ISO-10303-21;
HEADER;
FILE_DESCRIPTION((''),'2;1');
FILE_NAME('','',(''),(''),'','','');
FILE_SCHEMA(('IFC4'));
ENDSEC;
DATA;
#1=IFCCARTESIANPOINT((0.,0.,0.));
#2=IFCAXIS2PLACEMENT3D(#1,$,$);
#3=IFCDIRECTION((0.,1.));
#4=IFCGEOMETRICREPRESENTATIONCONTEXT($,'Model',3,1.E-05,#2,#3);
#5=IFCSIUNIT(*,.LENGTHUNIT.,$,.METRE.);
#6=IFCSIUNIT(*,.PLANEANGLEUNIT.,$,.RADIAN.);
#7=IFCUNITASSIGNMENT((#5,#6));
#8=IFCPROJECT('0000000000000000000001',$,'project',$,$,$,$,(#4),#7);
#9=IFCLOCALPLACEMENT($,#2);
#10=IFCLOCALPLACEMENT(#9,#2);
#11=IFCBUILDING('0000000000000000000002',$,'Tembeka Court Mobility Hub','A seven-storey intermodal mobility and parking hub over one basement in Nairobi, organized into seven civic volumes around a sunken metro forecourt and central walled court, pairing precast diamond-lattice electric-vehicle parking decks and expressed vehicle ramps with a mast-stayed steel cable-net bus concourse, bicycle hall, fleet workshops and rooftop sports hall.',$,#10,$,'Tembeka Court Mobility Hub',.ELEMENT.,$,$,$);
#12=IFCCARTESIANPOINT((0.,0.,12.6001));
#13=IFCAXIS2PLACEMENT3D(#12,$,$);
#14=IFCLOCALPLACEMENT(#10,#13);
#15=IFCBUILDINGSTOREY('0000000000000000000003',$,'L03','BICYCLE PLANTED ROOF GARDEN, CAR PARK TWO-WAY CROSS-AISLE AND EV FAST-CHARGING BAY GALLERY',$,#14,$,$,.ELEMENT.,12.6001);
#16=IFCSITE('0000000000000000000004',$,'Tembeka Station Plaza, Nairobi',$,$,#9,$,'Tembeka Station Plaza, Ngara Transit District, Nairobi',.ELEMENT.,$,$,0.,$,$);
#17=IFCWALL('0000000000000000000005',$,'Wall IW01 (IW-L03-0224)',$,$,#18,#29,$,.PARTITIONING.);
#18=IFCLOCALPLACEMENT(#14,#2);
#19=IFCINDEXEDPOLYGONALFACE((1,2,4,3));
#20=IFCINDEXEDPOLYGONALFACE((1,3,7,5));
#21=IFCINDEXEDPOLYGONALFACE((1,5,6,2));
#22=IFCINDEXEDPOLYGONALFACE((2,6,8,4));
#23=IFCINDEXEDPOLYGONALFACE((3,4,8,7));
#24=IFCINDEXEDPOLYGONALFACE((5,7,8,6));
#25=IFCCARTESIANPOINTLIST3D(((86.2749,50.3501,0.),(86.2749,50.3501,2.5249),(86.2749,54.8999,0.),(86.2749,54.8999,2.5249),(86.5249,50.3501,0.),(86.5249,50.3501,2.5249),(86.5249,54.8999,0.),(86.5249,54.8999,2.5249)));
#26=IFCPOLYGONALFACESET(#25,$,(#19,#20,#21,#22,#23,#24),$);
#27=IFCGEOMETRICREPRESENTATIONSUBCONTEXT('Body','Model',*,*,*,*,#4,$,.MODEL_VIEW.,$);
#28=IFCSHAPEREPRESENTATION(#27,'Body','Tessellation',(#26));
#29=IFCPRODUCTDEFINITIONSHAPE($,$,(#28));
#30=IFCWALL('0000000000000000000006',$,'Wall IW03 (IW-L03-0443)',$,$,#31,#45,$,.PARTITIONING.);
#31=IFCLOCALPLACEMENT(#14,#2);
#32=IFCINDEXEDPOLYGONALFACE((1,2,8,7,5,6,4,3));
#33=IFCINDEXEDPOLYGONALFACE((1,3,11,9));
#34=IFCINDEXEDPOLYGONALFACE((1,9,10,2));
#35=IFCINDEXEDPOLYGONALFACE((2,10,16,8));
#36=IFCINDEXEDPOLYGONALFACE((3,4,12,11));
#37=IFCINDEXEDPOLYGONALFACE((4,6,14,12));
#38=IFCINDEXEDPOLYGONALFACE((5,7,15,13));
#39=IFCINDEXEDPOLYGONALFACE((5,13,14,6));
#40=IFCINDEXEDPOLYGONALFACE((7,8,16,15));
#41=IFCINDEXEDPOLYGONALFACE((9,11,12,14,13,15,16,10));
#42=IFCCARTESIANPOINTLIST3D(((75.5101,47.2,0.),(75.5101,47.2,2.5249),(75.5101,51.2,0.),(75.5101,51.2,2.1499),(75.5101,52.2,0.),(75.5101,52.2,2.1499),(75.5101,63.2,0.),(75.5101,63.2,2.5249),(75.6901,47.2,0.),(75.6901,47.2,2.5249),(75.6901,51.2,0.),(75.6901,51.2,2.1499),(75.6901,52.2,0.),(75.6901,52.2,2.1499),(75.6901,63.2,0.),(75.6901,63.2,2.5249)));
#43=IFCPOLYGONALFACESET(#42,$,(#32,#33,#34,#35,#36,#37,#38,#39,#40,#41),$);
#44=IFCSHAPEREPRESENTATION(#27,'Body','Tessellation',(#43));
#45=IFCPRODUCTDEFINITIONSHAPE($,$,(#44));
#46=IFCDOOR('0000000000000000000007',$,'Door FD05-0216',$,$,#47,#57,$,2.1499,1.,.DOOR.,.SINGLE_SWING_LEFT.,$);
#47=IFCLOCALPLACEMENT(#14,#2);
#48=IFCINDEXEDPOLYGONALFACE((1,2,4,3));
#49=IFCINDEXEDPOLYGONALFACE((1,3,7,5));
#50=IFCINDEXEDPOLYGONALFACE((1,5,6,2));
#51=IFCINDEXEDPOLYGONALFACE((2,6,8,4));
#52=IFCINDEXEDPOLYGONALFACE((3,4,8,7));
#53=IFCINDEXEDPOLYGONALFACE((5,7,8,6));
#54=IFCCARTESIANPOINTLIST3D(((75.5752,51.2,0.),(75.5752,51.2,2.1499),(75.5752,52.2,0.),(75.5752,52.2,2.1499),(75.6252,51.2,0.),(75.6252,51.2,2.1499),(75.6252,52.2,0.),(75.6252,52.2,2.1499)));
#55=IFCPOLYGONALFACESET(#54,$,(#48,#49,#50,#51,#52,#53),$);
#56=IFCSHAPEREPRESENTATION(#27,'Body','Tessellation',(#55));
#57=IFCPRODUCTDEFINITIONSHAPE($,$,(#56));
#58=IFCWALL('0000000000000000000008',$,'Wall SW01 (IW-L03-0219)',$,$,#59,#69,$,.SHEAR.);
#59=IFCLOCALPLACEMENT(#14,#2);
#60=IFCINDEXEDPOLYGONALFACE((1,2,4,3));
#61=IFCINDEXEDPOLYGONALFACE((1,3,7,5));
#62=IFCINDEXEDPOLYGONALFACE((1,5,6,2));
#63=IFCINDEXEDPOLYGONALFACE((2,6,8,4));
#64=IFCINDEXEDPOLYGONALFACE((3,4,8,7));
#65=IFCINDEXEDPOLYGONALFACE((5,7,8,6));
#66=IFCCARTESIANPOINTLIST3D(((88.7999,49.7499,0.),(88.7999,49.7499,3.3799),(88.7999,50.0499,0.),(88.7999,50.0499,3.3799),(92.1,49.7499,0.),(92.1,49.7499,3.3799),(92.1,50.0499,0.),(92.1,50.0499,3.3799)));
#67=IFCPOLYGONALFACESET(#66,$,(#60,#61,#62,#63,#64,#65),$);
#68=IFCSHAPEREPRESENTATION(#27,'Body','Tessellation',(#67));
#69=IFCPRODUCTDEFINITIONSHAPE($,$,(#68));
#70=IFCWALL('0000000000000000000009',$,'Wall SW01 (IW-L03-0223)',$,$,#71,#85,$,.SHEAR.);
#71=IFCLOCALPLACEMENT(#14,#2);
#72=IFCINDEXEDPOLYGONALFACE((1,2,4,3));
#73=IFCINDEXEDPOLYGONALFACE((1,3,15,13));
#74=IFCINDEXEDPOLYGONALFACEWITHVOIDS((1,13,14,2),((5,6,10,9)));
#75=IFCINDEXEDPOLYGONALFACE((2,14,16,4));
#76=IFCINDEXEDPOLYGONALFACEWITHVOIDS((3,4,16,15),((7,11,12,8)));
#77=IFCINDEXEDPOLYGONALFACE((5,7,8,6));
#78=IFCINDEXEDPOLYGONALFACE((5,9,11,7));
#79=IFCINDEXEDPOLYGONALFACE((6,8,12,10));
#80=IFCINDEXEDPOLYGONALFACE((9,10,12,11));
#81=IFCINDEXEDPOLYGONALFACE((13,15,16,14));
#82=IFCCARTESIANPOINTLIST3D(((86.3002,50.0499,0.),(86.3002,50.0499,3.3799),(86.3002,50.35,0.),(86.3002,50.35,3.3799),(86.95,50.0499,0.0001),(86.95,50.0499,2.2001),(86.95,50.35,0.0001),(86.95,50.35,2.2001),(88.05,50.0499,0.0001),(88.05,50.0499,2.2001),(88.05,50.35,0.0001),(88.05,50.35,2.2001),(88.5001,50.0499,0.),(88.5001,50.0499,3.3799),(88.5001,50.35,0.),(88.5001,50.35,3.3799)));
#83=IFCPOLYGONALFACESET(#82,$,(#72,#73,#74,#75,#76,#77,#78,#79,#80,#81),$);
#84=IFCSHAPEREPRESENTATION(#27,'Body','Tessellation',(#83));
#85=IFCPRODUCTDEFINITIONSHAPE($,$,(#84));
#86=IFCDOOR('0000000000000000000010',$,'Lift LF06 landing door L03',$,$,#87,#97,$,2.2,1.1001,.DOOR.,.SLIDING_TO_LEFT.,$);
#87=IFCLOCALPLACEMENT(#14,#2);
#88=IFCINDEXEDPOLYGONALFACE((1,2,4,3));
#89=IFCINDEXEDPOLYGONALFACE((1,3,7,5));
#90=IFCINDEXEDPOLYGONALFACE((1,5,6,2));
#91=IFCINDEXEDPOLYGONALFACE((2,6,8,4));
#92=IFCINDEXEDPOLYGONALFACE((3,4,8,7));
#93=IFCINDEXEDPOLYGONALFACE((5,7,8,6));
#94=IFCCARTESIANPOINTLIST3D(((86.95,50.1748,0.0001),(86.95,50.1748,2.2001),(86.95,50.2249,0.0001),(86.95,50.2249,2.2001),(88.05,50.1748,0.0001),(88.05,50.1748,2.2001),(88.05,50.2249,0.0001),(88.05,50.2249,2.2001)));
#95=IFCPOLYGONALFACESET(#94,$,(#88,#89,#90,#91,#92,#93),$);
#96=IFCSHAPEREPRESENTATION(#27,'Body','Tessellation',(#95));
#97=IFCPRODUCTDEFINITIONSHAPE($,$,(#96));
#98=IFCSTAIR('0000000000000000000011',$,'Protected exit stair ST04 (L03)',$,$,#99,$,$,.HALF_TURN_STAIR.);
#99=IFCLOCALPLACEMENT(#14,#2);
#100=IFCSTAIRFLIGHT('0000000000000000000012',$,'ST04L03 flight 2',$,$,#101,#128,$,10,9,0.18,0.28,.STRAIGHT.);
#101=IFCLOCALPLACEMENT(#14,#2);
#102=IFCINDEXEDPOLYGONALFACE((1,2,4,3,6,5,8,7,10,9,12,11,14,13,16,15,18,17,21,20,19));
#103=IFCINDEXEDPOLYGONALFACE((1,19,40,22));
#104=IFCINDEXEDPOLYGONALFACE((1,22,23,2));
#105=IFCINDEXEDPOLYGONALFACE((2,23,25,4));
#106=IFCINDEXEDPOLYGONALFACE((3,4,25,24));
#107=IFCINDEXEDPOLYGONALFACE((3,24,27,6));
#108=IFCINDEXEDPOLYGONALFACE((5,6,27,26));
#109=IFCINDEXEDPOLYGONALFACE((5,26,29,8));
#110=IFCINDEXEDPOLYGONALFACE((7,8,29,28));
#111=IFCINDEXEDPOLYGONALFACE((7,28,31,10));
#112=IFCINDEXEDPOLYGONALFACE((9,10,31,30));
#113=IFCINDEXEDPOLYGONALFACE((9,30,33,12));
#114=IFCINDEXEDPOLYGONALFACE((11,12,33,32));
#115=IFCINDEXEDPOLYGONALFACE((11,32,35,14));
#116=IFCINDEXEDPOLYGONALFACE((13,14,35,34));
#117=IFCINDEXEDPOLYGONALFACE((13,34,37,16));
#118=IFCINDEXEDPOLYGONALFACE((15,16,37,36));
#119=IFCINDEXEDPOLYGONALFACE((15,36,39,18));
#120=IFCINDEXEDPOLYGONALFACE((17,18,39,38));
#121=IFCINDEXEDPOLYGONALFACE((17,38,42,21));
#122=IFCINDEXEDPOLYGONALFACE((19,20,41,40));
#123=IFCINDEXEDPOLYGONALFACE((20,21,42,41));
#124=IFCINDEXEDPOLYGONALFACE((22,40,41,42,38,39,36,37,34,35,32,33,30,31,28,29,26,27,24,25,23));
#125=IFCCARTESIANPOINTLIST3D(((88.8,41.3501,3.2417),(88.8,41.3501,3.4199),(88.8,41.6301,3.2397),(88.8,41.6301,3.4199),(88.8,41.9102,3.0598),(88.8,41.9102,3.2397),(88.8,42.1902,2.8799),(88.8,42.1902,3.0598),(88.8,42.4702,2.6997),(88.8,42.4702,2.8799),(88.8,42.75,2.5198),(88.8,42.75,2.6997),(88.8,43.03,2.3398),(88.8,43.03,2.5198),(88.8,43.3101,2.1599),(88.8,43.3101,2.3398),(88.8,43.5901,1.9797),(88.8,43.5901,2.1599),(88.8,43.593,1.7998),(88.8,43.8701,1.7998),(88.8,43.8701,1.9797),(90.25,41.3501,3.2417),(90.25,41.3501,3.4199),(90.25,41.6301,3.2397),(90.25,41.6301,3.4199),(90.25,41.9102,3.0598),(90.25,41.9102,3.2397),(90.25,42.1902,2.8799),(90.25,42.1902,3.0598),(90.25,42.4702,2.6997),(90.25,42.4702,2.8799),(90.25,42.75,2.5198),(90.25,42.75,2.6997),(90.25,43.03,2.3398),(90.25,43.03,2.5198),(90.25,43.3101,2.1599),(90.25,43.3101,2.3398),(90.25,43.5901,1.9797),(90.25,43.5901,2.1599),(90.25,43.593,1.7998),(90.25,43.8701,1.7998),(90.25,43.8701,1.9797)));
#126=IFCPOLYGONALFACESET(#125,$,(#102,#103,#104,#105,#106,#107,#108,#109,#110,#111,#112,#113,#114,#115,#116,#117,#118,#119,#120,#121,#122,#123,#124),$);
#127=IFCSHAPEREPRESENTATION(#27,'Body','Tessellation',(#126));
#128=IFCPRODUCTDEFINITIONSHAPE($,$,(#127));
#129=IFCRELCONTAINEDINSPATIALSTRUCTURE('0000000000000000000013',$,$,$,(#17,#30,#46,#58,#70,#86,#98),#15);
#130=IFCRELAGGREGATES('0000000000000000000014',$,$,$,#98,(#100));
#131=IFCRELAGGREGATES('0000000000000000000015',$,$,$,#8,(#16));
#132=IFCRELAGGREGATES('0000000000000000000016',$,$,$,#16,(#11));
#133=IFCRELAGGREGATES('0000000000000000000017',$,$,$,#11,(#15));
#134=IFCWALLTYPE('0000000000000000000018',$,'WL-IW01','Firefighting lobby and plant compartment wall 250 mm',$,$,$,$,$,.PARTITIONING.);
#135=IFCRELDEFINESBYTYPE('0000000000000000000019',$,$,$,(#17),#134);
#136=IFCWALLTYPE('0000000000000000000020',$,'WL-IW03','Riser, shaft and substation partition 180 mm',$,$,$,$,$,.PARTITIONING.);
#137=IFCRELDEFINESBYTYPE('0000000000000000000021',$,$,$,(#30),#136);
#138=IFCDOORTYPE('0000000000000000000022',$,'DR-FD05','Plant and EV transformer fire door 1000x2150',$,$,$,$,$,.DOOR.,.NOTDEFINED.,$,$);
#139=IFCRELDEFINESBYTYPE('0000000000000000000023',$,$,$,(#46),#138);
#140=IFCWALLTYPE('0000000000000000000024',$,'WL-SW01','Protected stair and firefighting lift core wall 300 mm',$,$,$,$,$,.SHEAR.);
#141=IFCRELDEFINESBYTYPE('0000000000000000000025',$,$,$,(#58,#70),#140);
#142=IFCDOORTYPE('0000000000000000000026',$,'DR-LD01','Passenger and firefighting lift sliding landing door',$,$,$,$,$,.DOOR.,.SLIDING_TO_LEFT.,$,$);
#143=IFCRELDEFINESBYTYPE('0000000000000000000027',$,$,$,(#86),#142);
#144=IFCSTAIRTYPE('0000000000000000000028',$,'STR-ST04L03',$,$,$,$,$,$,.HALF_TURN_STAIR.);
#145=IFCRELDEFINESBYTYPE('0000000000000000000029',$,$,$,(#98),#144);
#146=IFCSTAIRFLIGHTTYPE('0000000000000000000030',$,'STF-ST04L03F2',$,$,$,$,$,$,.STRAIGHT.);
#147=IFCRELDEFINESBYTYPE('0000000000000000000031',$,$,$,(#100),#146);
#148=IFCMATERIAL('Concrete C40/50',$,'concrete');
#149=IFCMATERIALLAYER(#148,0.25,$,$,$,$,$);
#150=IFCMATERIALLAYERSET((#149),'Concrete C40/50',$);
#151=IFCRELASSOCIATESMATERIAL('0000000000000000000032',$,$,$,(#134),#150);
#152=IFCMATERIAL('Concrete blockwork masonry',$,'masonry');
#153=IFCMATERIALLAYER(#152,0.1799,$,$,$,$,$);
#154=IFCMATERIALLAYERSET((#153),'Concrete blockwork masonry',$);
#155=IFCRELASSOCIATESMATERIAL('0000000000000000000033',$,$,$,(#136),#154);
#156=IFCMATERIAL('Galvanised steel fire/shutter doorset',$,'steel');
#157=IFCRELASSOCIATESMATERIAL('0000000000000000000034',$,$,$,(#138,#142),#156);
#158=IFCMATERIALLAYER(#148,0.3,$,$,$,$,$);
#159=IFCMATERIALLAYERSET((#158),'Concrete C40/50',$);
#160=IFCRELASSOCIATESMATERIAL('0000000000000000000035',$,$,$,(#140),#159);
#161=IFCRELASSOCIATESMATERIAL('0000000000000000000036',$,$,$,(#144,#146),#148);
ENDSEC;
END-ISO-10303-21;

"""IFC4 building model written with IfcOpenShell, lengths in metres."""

from ifc_helpers import new_model, si_unit, direction, frame, frame_2d, origin, place, context, subcontext, project, spatial, polyline, rectangle, outline, extrude, material, layer, layer_set, type_object, element, fill, aggregate, save


model = new_model("IFC4")

# Units and contexts
model_context = context("Model", 3, precision=1e-05, world=origin(), true_north=direction((0.0, 1.0)))
body_context = subcontext(model_context, "Body", "Model", "MODEL_VIEW")
ifc_project = project(units=[si_unit("LENGTHUNIT", "METRE"), si_unit("PLANEANGLEUNIT", "RADIAN")], contexts=[model_context])

# Site, building, storey
site_placement = place(None, origin())
site = spatial("IfcSite", under=ifc_project, at=site_placement, Name="Tembeka Station Plaza, Nairobi", LongName="Tembeka Station Plaza, Ngara Transit District, Nairobi", CompositionType="ELEMENT", RefElevation=0.0)
building_placement = place(site_placement, origin())
building = spatial("IfcBuilding", under=site, at=building_placement, Name="Tembeka Court Mobility Hub", Description="A seven-storey intermodal mobility and parking hub over one basement in Nairobi, organized into seven civic volumes around a sunken metro forecourt and central walled court, pairing precast diamond-lattice electric-vehicle parking decks and expressed vehicle ramps with a mast-stayed steel cable-net bus concourse, bicycle hall, fleet workshops and rooftop sports hall.", LongName="Tembeka Court Mobility Hub", CompositionType="ELEMENT")
storey_placement = place(building_placement, frame((0.0, 0.0, 12.6001)))
storey = spatial("IfcBuildingStorey", under=building, at=storey_placement, Name="L03", Description="BICYCLE PLANTED ROOF GARDEN, CAR PARK TWO-WAY CROSS-AISLE AND EV FAST-CHARGING BAY GALLERY", CompositionType="ELEMENT", Elevation=12.6001)

# Wall
ifc_material_1 = material(Name="Concrete C40/50", Category="concrete")
ifc_layer_1 = layer(ifc_material_1, 0.25)
ifc_layer_set_1 = layer_set([ifc_layer_1], Name="Concrete C40/50")
wall_type_1 = type_object("IfcWallType", Name="WL-IW01", Description="Firefighting lobby and plant compartment wall 250 mm", PredefinedType="PARTITIONING", material=ifc_layer_set_1)
wall_1_placement = place(storey_placement, frame((86.3999, 50.3501, 0.0), z_axis=(0.0, 0.0, 1.0), x_axis=(0.0, 1.0, 0.0)))
element("IfcWall", 1, at=wall_1_placement, inside=storey, type_object=wall_type_1, Name="Wall IW01 (IW-L03-0224)", PredefinedType="PARTITIONING", context=body_context, shape_type="SweptSolid", body=[
    extrude(rectangle(XDim=4.5498, YDim=0.25, at=frame_2d((2.2749, 0.0))), origin(), (0.0, 0.0, 1.0), 2.5249),
])

# Wall, opening, door
ifc_material_2 = material(Name="Concrete blockwork masonry", Category="masonry")
ifc_layer_2 = layer(ifc_material_2, 0.1799)
ifc_layer_set_2 = layer_set([ifc_layer_2], Name="Concrete blockwork masonry")
wall_type_2 = type_object("IfcWallType", Name="WL-IW03", Description="Riser, shaft and substation partition 180 mm", PredefinedType="PARTITIONING", material=ifc_layer_set_2)
wall_2_placement = place(storey_placement, frame((75.6001, 47.2, 0.0), z_axis=(0.0, 0.0, 1.0), x_axis=(0.0, 1.0, 0.0)))
wall_2 = element("IfcWall", 2, at=wall_2_placement, inside=storey, type_object=wall_type_2, Name="Wall IW03 (IW-L03-0443)", PredefinedType="PARTITIONING", context=body_context, shape_type="SweptSolid", body=[
    extrude(rectangle(XDim=16.0, YDim=0.1799, at=frame_2d((8.0, 0.0))), origin(), (0.0, 0.0, 1.0), 2.5249),
])
opening_1_placement = place(wall_2_placement, frame((4.0, 0.0, 0.0)))
opening_1 = element("IfcOpeningElement", 3, at=opening_1_placement, cuts=wall_2, PredefinedType="OPENING", context=body_context, shape_type="SweptSolid", body=[
    extrude(rectangle(XDim=1.0, YDim=2.1499, at=frame_2d((0.5, 1.075))), frame((0.0, 0.1001, 0.0), z_axis=(0.0, -1.0, 0.0), x_axis=(1.0, 0.0, 0.0)), (0.0, 0.0, 1.0), 0.2),
])
ifc_material_3 = material(Name="Galvanised steel fire/shutter doorset", Category="steel")
door_type_1 = type_object("IfcDoorType", Name="DR-FD05", Description="Plant and EV transformer fire door 1000x2150", OperationType="NOTDEFINED", PredefinedType="DOOR", material=ifc_material_3)
door_1_placement = place(opening_1_placement, origin())
door_1 = element("IfcDoor", 4, at=door_1_placement, inside=storey, type_object=door_type_1, Name="Door FD05-0216", OperationType="SINGLE_SWING_LEFT", OverallHeight=2.1499, OverallWidth=1.0, PredefinedType="DOOR", context=body_context, shape_type="SweptSolid", body=[
    extrude(rectangle(XDim=1.0, YDim=2.1499, at=frame_2d((0.5, 1.075))), frame((0.0, 0.0249, 0.0), z_axis=(0.0, -1.0, 0.0), x_axis=(1.0, 0.0, 0.0)), (0.0, 0.0, 1.0), 0.05),
])
fill(opening_1, door_1)

# Wall
ifc_layer_3 = layer(ifc_material_1, 0.3)
ifc_layer_set_3 = layer_set([ifc_layer_3], Name="Concrete C40/50")
wall_type_3 = type_object("IfcWallType", Name="WL-SW01", Description="Protected stair and firefighting lift core wall 300 mm", PredefinedType="SHEAR", material=ifc_layer_set_3)
wall_3_placement = place(storey_placement, frame((88.8, 49.8999, 0.0), z_axis=(0.0, 0.0, 1.0), x_axis=(1.0, 0.0, 0.0)))
element("IfcWall", 5, at=wall_3_placement, inside=storey, type_object=wall_type_3, Name="Wall SW01 (IW-L03-0219)", PredefinedType="SHEAR", context=body_context, shape_type="SweptSolid", body=[
    extrude(rectangle(XDim=3.3, YDim=0.3, at=frame_2d((1.6499, 0.0))), origin(), (0.0, 0.0, 1.0), 3.3799),
])

# Wall, opening, door
wall_4_placement = place(storey_placement, frame((86.3, 50.2, 0.0), z_axis=(0.0, 0.0, 1.0), x_axis=(1.0, 0.0, 0.0)))
wall_4 = element("IfcWall", 6, at=wall_4_placement, inside=storey, type_object=wall_type_3, Name="Wall SW01 (IW-L03-0223)", PredefinedType="SHEAR", context=body_context, shape_type="SweptSolid", body=[
    extrude(rectangle(XDim=2.2, YDim=0.3, at=frame_2d((1.1001, 0.0))), origin(), (0.0, 0.0, 1.0), 3.3799),
])
opening_2_placement = place(wall_4_placement, frame((0.6499, 0.0, 0.0)))
opening_2 = element("IfcOpeningElement", 7, at=opening_2_placement, cuts=wall_4, PredefinedType="OPENING", context=body_context, shape_type="SweptSolid", body=[
    extrude(rectangle(XDim=1.1001, YDim=2.2, at=frame_2d((0.55, 1.1001))), frame((0.0, 0.1602, 0.0), z_axis=(0.0, -1.0, 0.0), x_axis=(1.0, 0.0, 0.0)), (0.0, 0.0, 1.0), 0.3201),
])
door_type_2 = type_object("IfcDoorType", Name="DR-LD01", Description="Passenger and firefighting lift sliding landing door", OperationType="SLIDING_TO_LEFT", PredefinedType="DOOR", material=ifc_material_3)
door_2_placement = place(opening_2_placement, origin())
door_2 = element("IfcDoor", 8, at=door_2_placement, inside=storey, type_object=door_type_2, Name="Lift LF06 landing door L03", OperationType="SLIDING_TO_LEFT", OverallHeight=2.2, OverallWidth=1.1001, PredefinedType="DOOR", context=body_context, shape_type="SweptSolid", body=[
    extrude(rectangle(XDim=1.1001, YDim=2.2, at=frame_2d((0.55, 1.1001))), frame((0.0, 0.0249, 0.0), z_axis=(0.0, -1.0, 0.0), x_axis=(1.0, 0.0, 0.0)), (0.0, 0.0, 1.0), 0.05),
])
fill(opening_2, door_2)

# Stair, stair flight
stair_type = type_object("IfcStairType", Name="STR-ST04L03", PredefinedType="HALF_TURN_STAIR", material=ifc_material_1)
stair_placement = place(storey_placement, origin())
stair = element("IfcStair", 9, at=stair_placement, inside=storey, type_object=stair_type, Name="Protected exit stair ST04 (L03)", PredefinedType="HALF_TURN_STAIR")
stair_flight_type = type_object("IfcStairFlightType", Name="STF-ST04L03F2", PredefinedType="STRAIGHT", material=ifc_material_1)
stair_flight_placement = place(storey_placement, frame((89.5249, 43.8701, 1.7998), z_axis=(0.0, 0.0, 1.0), x_axis=(0.0, -1.0, 0.0)))
stair_flight = element("IfcStairFlight", 10, at=stair_flight_placement, type_object=stair_flight_type, Name="ST04L03 flight 2", NumberOfRisers=10, NumberOfTreads=9, PredefinedType="STRAIGHT", RiserHeight=0.18, TreadLength=0.28, context=body_context, shape_type="SweptSolid", body=[
    extrude(outline(polyline([(0.0, 0.0), (0.0, 0.1799), (0.28, 0.1799), (0.28, 0.3601), (0.5601, 0.3601), (0.5601, 0.54), (0.8401, 0.54), (0.8401, 0.72), (1.1201, 0.72), (1.1201, 0.8999), (1.3999, 0.8999), (1.3999, 1.0801), (1.6799, 1.0801), (1.6799, 1.26), (1.96, 1.26), (1.96, 1.4399), (2.24, 1.4399), (2.24, 1.6201), (2.52, 1.6201), (2.52, 1.8), (2.52, 1.4419), (0.2771, 0.0), (0.0, 0.0)])), frame((0.0, 0.7251, 0.0), z_axis=(0.0, -1.0, 0.0), x_axis=(1.0, 0.0, 0.0)), (0.0, 0.0, 1.0), 1.45),
])
aggregate(stair, [stair_flight])

save(model, "model.ifc")
